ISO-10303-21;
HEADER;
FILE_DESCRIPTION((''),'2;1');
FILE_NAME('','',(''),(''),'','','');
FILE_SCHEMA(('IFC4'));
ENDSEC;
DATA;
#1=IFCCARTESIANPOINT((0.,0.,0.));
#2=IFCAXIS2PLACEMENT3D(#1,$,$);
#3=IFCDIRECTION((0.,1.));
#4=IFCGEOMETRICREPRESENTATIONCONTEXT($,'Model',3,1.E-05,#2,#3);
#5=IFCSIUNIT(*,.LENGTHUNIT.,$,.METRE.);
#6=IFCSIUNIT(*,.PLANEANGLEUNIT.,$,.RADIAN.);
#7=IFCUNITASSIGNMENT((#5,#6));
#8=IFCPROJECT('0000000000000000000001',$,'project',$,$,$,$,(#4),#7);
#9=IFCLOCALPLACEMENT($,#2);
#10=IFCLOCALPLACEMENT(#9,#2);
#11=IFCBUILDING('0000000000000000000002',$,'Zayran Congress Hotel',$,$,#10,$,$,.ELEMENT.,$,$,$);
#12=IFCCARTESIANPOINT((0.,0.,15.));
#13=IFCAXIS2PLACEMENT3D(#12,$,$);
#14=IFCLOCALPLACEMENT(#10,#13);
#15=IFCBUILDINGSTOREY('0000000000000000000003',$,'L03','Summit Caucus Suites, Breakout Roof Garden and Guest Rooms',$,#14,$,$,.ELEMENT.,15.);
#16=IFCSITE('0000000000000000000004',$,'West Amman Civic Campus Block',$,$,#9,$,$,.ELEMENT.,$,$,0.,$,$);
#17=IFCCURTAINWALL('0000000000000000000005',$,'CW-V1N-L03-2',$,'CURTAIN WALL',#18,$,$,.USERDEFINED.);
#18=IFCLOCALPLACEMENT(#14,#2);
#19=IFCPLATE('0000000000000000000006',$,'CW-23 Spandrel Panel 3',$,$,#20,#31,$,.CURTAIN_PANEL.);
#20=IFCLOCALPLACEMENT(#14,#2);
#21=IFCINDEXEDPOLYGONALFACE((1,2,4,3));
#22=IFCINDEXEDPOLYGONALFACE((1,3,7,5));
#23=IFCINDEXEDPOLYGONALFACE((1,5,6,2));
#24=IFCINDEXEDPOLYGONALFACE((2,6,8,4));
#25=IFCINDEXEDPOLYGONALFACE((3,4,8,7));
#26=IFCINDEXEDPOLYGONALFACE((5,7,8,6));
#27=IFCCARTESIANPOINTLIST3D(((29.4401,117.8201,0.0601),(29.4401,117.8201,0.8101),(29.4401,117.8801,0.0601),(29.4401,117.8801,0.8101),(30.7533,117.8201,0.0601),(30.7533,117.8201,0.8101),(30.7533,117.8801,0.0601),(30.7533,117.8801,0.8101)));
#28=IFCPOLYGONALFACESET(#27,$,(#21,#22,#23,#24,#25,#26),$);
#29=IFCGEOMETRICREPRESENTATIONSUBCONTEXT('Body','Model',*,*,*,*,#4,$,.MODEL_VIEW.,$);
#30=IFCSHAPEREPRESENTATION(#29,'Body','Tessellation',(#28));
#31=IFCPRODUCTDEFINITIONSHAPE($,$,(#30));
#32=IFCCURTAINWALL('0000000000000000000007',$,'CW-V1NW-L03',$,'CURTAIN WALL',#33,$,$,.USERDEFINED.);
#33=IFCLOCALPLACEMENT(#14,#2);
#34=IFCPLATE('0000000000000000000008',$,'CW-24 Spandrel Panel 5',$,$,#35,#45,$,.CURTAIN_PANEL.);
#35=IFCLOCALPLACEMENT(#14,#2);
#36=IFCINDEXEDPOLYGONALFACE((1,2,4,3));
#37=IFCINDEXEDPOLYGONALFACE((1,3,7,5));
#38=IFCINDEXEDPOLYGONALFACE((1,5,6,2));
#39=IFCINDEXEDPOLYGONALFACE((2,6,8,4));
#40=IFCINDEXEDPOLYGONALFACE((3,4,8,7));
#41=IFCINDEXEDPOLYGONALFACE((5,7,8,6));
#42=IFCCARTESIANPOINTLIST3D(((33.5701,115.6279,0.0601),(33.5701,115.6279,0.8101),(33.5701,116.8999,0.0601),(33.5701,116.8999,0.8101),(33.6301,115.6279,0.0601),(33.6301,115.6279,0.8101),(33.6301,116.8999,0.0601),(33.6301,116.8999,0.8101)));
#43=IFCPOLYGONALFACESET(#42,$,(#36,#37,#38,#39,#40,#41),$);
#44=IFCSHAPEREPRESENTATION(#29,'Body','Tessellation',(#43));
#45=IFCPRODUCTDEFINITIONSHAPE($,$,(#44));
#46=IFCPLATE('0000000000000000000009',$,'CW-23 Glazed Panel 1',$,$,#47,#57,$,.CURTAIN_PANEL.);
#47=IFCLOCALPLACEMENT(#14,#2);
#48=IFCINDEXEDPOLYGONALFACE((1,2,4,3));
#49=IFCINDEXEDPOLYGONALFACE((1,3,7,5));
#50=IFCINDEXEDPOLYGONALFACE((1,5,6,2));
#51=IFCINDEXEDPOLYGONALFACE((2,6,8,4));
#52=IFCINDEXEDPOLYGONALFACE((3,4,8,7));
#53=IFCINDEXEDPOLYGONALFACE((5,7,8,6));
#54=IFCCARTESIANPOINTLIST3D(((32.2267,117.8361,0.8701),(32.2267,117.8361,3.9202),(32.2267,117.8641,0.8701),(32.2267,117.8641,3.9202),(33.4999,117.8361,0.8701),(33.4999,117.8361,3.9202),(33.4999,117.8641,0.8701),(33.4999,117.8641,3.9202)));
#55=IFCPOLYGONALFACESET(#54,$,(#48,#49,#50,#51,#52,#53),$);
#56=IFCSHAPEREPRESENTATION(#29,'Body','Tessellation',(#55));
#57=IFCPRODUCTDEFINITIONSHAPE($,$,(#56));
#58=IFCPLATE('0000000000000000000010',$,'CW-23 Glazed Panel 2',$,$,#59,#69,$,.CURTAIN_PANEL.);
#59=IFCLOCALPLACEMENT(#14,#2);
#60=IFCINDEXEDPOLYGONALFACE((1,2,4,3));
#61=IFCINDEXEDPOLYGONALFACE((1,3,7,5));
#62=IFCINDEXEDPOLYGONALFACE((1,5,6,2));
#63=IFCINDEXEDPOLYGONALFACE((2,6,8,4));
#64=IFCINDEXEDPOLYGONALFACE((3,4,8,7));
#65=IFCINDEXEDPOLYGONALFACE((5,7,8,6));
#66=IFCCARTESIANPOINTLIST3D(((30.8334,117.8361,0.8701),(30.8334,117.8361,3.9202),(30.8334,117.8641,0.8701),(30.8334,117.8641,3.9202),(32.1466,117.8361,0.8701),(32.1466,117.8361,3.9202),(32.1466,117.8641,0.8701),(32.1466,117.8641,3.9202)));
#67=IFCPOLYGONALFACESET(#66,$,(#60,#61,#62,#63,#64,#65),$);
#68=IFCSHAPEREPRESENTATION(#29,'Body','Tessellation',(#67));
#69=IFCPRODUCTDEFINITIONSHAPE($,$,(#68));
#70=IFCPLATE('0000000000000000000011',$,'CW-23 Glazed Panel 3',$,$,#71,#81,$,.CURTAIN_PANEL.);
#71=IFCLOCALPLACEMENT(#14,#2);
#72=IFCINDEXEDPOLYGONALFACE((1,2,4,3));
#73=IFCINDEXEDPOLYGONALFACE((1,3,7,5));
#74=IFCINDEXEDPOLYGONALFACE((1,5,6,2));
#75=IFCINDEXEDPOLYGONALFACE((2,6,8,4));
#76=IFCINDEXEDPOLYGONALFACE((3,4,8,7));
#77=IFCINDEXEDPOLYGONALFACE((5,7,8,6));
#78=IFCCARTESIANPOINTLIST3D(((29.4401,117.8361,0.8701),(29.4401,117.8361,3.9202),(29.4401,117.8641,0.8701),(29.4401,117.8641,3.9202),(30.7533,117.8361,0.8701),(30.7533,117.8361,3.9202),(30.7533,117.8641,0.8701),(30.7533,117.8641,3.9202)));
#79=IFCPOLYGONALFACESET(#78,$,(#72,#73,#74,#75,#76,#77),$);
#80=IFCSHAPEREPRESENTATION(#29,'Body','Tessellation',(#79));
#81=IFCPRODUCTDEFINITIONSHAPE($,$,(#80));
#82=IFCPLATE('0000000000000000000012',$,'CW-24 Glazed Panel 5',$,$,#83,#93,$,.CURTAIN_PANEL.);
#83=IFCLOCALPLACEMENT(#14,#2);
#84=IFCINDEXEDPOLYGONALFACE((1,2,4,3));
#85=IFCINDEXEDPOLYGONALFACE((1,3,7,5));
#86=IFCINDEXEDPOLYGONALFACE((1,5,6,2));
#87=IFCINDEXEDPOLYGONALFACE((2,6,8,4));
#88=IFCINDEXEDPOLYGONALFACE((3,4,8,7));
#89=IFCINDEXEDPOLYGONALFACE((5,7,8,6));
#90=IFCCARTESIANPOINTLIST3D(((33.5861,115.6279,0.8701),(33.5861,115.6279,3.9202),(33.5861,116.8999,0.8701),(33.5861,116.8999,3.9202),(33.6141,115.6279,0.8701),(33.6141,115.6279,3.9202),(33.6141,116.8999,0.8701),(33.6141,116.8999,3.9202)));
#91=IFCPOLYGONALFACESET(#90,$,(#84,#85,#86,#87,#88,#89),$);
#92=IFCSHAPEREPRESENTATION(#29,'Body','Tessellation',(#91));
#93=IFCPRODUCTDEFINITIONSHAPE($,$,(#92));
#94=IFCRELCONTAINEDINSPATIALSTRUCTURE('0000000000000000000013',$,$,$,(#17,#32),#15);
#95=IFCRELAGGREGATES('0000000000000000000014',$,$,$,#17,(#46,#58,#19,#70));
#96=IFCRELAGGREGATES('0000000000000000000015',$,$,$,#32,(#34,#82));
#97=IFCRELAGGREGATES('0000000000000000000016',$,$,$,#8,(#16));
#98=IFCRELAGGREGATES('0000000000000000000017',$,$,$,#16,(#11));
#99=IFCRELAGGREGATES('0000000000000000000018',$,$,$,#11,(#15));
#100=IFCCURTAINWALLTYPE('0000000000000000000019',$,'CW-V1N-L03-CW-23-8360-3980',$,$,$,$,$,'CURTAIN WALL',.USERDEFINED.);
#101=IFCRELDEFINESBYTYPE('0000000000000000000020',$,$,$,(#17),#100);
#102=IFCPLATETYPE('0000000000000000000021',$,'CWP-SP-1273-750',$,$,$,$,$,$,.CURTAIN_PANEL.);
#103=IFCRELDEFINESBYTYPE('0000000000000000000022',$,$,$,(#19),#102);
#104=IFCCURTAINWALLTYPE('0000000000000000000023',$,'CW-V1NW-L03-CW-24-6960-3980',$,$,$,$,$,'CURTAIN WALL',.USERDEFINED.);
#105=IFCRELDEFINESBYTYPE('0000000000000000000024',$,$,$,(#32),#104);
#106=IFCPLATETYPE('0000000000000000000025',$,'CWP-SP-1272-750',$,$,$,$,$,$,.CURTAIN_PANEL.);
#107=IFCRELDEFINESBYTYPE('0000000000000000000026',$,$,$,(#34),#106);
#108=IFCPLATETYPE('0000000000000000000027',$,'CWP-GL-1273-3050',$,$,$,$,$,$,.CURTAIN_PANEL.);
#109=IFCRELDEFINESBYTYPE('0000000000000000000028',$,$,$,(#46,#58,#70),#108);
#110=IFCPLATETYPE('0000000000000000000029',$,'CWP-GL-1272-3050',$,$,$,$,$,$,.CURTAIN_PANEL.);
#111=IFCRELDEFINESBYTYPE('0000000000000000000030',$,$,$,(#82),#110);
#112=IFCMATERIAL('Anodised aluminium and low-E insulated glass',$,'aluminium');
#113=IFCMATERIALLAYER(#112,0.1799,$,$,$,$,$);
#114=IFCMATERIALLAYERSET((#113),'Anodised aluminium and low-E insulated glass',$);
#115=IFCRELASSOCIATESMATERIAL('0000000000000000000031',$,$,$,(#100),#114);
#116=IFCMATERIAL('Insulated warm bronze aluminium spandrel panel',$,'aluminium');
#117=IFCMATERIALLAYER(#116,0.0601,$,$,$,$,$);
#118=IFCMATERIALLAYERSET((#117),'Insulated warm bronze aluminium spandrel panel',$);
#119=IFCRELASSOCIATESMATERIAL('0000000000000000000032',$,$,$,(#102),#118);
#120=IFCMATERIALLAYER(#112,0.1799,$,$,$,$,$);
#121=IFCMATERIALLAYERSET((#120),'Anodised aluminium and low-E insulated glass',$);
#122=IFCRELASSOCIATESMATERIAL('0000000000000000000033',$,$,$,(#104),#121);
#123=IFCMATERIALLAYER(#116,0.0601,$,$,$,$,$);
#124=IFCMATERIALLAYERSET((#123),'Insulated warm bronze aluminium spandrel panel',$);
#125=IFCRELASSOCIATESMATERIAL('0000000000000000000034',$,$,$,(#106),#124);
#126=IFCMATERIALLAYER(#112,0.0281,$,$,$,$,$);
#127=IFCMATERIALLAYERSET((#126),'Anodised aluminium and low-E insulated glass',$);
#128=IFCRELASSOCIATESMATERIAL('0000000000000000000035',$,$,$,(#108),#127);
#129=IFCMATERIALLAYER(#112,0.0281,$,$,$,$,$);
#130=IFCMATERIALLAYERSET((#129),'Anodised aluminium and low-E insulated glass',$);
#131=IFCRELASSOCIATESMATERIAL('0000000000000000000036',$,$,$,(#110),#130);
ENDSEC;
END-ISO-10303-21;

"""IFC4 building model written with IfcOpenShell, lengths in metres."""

from ifc_helpers import new_model, si_unit, direction, frame, origin, origin_2d, place, context, subcontext, project, spatial, rectangle, extrude, material, layer, layer_set, type_object, element, aggregate, save


model = new_model("IFC4")

# Units and contexts
model_context = context("Model", 3, precision=1e-05, world=origin(), true_north=direction((0.0, 1.0)))
body_context = subcontext(model_context, "Body", "Model", "MODEL_VIEW")
ifc_project = project(units=[si_unit("LENGTHUNIT", "METRE"), si_unit("PLANEANGLEUNIT", "RADIAN")], contexts=[model_context])

# Site, building, storey
site_placement = place(None, origin())
site = spatial("IfcSite", under=ifc_project, at=site_placement, Name="West Amman Civic Campus Block", CompositionType="ELEMENT", RefElevation=0.0)
building_placement = place(site_placement, origin())
building = spatial("IfcBuilding", under=site, at=building_placement, Name="Zayran Congress Hotel", CompositionType="ELEMENT")
storey_placement = place(building_placement, frame((0.0, 0.0, 15.0)))
storey = spatial("IfcBuildingStorey", under=building, at=storey_placement, Name="L03", Description="Summit Caucus Suites, Breakout Roof Garden and Guest Rooms", CompositionType="ELEMENT", Elevation=15.0)

# Curtain wall, plate
ifc_material_1 = material(Name="Anodised aluminium and low-E insulated glass", Category="aluminium")
ifc_layer_1 = layer(ifc_material_1, 0.1799)
ifc_layer_set_1 = layer_set([ifc_layer_1], Name="Anodised aluminium and low-E insulated glass")
curtain_wall_type_1 = type_object("IfcCurtainWallType", Name="CW-V1N-L03-CW-23-8360-3980", ElementType="CURTAIN WALL", PredefinedType="USERDEFINED", material=ifc_layer_set_1)
curtain_wall_1_placement = place(storey_placement, origin())
curtain_wall_1 = element("IfcCurtainWall", 1, at=curtain_wall_1_placement, inside=storey, type_object=curtain_wall_type_1, Name="CW-V1N-L03-2", ObjectType="CURTAIN WALL", PredefinedType="USERDEFINED")
ifc_material_2 = material(Name="Insulated warm bronze aluminium spandrel panel", Category="aluminium")
ifc_layer_2 = layer(ifc_material_2, 0.0601)
ifc_layer_set_2 = layer_set([ifc_layer_2], Name="Insulated warm bronze aluminium spandrel panel")
plate_type_1 = type_object("IfcPlateType", Name="CWP-SP-1273-750", PredefinedType="CURTAIN_PANEL", material=ifc_layer_set_2)
plate_1_placement = place(storey_placement, frame((30.0967, 117.8501, 0.0601), z_axis=(0.0, 0.0, 1.0), x_axis=(1.0, 0.0, 0.0)))
plate_1 = element("IfcPlate", 2, at=plate_1_placement, type_object=plate_type_1, Name="CW-23 Spandrel Panel 3", PredefinedType="CURTAIN_PANEL", context=body_context, shape_type="SweptSolid", body=[
    extrude(rectangle(XDim=1.3132, YDim=0.0601, at=origin_2d()), origin(), (0.0, 0.0, 1.0), 0.75),
])

# Curtain wall, plate
ifc_layer_3 = layer(ifc_material_1, 0.1799)
ifc_layer_set_3 = layer_set([ifc_layer_3], Name="Anodised aluminium and low-E insulated glass")
curtain_wall_type_2 = type_object("IfcCurtainWallType", Name="CW-V1NW-L03-CW-24-6960-3980", ElementType="CURTAIN WALL", PredefinedType="USERDEFINED", material=ifc_layer_set_3)
curtain_wall_2_placement = place(storey_placement, origin())
curtain_wall_2 = element("IfcCurtainWall", 3, at=curtain_wall_2_placement, inside=storey, type_object=curtain_wall_type_2, Name="CW-V1NW-L03", ObjectType="CURTAIN WALL", PredefinedType="USERDEFINED")
ifc_layer_4 = layer(ifc_material_2, 0.0601)
ifc_layer_set_4 = layer_set([ifc_layer_4], Name="Insulated warm bronze aluminium spandrel panel")
plate_type_2 = type_object("IfcPlateType", Name="CWP-SP-1272-750", PredefinedType="CURTAIN_PANEL", material=ifc_layer_set_4)
plate_2_placement = place(storey_placement, frame((33.6001, 116.2639, 0.0601), z_axis=(0.0, 0.0, 1.0), x_axis=(0.0, 1.0, 0.0)))
plate_2 = element("IfcPlate", 4, at=plate_2_placement, type_object=plate_type_2, Name="CW-24 Spandrel Panel 5", PredefinedType="CURTAIN_PANEL", context=body_context, shape_type="SweptSolid", body=[
    extrude(rectangle(XDim=1.272, YDim=0.0601, at=origin_2d()), origin(), (0.0, 0.0, 1.0), 0.75),
])

# Plates
ifc_layer_5 = layer(ifc_material_1, 0.0281)
ifc_layer_set_5 = layer_set([ifc_layer_5], Name="Anodised aluminium and low-E insulated glass")
plate_type_3 = type_object("IfcPlateType", Name="CWP-GL-1273-3050", PredefinedType="CURTAIN_PANEL", material=ifc_layer_set_5)
plate_3_placement = place(storey_placement, frame((32.8633, 117.8501, 0.8701), z_axis=(0.0, 0.0, 1.0), x_axis=(1.0, 0.0, 0.0)))
plate_3 = element("IfcPlate", 5, at=plate_3_placement, type_object=plate_type_3, Name="CW-23 Glazed Panel 1", PredefinedType="CURTAIN_PANEL", context=body_context, shape_type="SweptSolid", body=[
    extrude(rectangle(XDim=1.2732, YDim=0.0281, at=origin_2d()), origin(), (0.0, 0.0, 1.0), 3.05),
])
plate_4_placement = place(storey_placement, frame((31.49, 117.8501, 0.8701), z_axis=(0.0, 0.0, 1.0), x_axis=(1.0, 0.0, 0.0)))
plate_4 = element("IfcPlate", 6, at=plate_4_placement, type_object=plate_type_3, Name="CW-23 Glazed Panel 2", PredefinedType="CURTAIN_PANEL", context=body_context, shape_type="SweptSolid", body=[
    extrude(rectangle(XDim=1.3132, YDim=0.0281, at=origin_2d()), origin(), (0.0, 0.0, 1.0), 3.05),
])
plate_5_placement = place(storey_placement, frame((30.0967, 117.8501, 0.8701), z_axis=(0.0, 0.0, 1.0), x_axis=(1.0, 0.0, 0.0)))
plate_5 = element("IfcPlate", 7, at=plate_5_placement, type_object=plate_type_3, Name="CW-23 Glazed Panel 3", PredefinedType="CURTAIN_PANEL", context=body_context, shape_type="SweptSolid", body=[
    extrude(rectangle(XDim=1.3132, YDim=0.0281, at=origin_2d()), origin(), (0.0, 0.0, 1.0), 3.05),
])
aggregate(curtain_wall_1, [plate_3, plate_4, plate_1, plate_5])
ifc_layer_6 = layer(ifc_material_1, 0.0281)
ifc_layer_set_6 = layer_set([ifc_layer_6], Name="Anodised aluminium and low-E insulated glass")
plate_type_4 = type_object("IfcPlateType", Name="CWP-GL-1272-3050", PredefinedType="CURTAIN_PANEL", material=ifc_layer_set_6)
plate_6_placement = place(storey_placement, frame((33.6001, 116.2639, 0.8701), z_axis=(0.0, 0.0, 1.0), x_axis=(0.0, 1.0, 0.0)))
plate_6 = element("IfcPlate", 8, at=plate_6_placement, type_object=plate_type_4, Name="CW-24 Glazed Panel 5", PredefinedType="CURTAIN_PANEL", context=body_context, shape_type="SweptSolid", body=[
    extrude(rectangle(XDim=1.272, YDim=0.0281, at=origin_2d()), origin(), (0.0, 0.0, 1.0), 3.05),
])
aggregate(curtain_wall_2, [plate_2, plate_6])

save(model, "model.ifc")
